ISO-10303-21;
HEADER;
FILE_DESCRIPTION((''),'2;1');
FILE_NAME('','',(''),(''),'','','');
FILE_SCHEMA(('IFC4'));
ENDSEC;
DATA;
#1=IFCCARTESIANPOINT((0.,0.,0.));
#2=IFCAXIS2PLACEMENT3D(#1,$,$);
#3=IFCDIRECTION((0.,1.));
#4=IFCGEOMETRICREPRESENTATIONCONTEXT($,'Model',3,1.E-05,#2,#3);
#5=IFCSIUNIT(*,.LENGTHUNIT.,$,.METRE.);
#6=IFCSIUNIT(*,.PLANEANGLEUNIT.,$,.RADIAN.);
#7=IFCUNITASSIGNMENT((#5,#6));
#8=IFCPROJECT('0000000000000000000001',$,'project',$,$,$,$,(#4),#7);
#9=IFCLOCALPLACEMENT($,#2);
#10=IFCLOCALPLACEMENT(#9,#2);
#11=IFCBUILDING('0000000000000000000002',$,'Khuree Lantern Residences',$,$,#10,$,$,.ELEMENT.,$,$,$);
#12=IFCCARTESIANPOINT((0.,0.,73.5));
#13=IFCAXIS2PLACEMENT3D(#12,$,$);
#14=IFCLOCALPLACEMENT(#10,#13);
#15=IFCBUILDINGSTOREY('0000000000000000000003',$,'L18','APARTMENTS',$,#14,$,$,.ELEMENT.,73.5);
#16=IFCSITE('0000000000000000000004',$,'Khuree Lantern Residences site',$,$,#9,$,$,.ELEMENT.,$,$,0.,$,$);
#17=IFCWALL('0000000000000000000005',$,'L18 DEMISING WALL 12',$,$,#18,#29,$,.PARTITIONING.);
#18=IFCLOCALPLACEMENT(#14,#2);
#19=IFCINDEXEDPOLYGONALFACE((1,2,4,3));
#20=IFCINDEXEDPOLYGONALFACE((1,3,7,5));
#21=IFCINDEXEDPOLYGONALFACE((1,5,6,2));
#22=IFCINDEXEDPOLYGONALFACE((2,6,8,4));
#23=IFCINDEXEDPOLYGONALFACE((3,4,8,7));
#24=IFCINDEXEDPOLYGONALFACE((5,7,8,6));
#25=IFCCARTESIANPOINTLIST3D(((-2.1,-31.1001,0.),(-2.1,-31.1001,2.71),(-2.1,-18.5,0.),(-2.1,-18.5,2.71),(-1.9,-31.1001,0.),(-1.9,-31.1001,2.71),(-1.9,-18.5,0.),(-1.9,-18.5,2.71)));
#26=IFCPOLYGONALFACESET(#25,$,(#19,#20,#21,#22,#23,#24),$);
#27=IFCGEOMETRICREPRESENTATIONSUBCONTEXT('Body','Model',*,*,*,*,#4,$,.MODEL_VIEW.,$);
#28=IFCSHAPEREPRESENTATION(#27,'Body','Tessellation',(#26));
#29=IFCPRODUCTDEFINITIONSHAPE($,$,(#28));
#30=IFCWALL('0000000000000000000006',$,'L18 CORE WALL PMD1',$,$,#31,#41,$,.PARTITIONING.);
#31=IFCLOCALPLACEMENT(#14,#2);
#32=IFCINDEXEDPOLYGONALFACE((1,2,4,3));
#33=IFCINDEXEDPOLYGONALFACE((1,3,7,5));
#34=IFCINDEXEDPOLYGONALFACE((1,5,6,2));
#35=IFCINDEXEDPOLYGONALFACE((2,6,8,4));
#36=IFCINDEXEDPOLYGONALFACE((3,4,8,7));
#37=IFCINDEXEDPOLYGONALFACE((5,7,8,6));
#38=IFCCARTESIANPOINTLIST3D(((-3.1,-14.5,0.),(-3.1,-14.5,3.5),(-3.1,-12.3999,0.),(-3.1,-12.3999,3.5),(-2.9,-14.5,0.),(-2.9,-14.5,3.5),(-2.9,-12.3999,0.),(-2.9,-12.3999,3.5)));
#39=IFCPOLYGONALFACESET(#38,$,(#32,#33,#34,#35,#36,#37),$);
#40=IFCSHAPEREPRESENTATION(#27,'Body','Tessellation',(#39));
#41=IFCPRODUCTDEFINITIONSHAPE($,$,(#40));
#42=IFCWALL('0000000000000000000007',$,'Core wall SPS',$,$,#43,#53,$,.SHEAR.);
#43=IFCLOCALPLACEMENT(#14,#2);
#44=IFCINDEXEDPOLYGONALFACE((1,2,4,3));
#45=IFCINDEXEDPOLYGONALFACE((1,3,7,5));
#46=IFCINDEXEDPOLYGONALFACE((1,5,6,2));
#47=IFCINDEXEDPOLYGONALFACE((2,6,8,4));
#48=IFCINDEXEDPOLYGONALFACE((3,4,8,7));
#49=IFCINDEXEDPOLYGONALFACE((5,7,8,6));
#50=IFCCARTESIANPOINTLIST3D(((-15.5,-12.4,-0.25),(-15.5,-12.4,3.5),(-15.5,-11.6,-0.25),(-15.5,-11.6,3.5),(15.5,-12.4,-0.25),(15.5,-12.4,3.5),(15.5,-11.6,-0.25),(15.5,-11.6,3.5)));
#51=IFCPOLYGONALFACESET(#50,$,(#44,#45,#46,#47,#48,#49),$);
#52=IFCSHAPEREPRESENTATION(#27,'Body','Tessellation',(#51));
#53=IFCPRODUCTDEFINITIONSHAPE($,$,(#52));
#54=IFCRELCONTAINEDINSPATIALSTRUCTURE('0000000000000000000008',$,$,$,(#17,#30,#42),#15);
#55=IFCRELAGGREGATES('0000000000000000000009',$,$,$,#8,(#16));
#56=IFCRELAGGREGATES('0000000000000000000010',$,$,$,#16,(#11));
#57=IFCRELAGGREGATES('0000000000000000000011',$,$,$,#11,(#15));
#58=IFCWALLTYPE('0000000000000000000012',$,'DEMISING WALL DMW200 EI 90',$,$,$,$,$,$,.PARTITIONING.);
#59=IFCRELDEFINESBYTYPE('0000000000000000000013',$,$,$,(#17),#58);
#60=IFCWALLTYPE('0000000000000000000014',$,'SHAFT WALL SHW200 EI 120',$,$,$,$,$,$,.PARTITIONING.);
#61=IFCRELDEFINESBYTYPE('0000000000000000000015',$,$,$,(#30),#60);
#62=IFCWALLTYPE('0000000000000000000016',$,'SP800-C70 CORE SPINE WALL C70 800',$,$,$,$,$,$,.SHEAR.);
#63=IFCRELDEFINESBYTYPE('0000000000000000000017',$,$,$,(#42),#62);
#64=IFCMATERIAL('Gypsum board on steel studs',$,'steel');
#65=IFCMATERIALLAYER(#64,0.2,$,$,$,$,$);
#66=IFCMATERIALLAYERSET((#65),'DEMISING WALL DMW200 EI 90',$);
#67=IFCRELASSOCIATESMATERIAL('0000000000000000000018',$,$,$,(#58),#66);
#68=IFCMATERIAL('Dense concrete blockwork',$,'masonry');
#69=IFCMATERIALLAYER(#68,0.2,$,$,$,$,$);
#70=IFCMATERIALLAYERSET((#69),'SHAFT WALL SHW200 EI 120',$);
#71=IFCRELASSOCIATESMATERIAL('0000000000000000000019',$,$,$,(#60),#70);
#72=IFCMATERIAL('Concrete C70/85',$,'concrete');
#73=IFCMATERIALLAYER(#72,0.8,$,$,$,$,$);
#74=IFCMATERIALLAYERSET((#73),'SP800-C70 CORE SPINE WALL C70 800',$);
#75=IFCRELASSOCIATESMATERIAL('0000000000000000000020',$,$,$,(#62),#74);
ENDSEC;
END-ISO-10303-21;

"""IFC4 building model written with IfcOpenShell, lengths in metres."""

from ifc_helpers import new_model, si_unit, direction, frame, frame_2d, origin, place, context, subcontext, project, spatial, rectangle, extrude, material, layer, layer_set, type_object, element, save


model = new_model("IFC4")

# Units and contexts
model_context = context("Model", 3, precision=1e-05, world=origin(), true_north=direction((0.0, 1.0)))
body_context = subcontext(model_context, "Body", "Model", "MODEL_VIEW")
ifc_project = project(units=[si_unit("LENGTHUNIT", "METRE"), si_unit("PLANEANGLEUNIT", "RADIAN")], contexts=[model_context])

# Site, building, storey
site_placement = place(None, origin())
site = spatial("IfcSite", under=ifc_project, at=site_placement, Name="Khuree Lantern Residences site", CompositionType="ELEMENT", RefElevation=0.0)
building_placement = place(site_placement, origin())
building = spatial("IfcBuilding", under=site, at=building_placement, Name="Khuree Lantern Residences", CompositionType="ELEMENT")
storey_placement = place(building_placement, frame((0.0, 0.0, 73.5)))
storey = spatial("IfcBuildingStorey", under=building, at=storey_placement, Name="L18", Description="APARTMENTS", CompositionType="ELEMENT", Elevation=73.5)

# Shared definitions
ifc_material_1 = material(Name="Concrete C70/85", Category="concrete")

# Shared definitions
ifc_material_2 = material(Name="Dense concrete blockwork", Category="masonry")

# Walls
ifc_material_3 = material(Name="Gypsum board on steel studs", Category="steel")
ifc_layer_1 = layer(ifc_material_3, 0.2)
ifc_layer_set_1 = layer_set([ifc_layer_1], Name="DEMISING WALL DMW200 EI 90")
wall_type_1 = type_object("IfcWallType", Name="DEMISING WALL DMW200 EI 90", PredefinedType="PARTITIONING", material=ifc_layer_set_1)
for number, where, z_axis, x_axis, name in (
    (1, (-2.0, -18.5, 0.0), (0.0, 0.0, 1.0), (0.0, -1.0, 0.0), "L18 DEMISING WALL 12"),
):
    element("IfcWall", number, at=place(storey_placement, frame(where, z_axis=z_axis, x_axis=x_axis)), inside=storey, type_object=wall_type_1, Name=name, PredefinedType="PARTITIONING", context=body_context, shape_type="SweptSolid", body=[
        extrude(rectangle(XDim=12.6001, YDim=0.2, at=frame_2d((6.3, 0.0))), origin(), (0.0, 0.0, 1.0), 2.71),
    ])
ifc_layer_2 = layer(ifc_material_2, 0.2)
ifc_layer_set_2 = layer_set([ifc_layer_2], Name="SHAFT WALL SHW200 EI 120")
wall_type_2 = type_object("IfcWallType", Name="SHAFT WALL SHW200 EI 120", PredefinedType="PARTITIONING", material=ifc_layer_set_2)
wall_1_placement = place(storey_placement, frame((-3.0, -14.5, 0.0), z_axis=(0.0, 0.0, 1.0), x_axis=(0.0, 1.0, 0.0)))
element("IfcWall", 2, at=wall_1_placement, inside=storey, type_object=wall_type_2, Name="L18 CORE WALL PMD1", PredefinedType="PARTITIONING", context=body_context, shape_type="SweptSolid", body=[
    extrude(rectangle(XDim=2.1001, YDim=0.2, at=frame_2d((1.05, 0.0))), origin(), (0.0, 0.0, 1.0), 3.5),
])
ifc_layer_3 = layer(ifc_material_1, 0.8)
ifc_layer_set_3 = layer_set([ifc_layer_3], Name="SP800-C70 CORE SPINE WALL C70 800")
wall_type_3 = type_object("IfcWallType", Name="SP800-C70 CORE SPINE WALL C70 800", PredefinedType="SHEAR", material=ifc_layer_set_3)
wall_2_placement = place(storey_placement, frame((-15.5, -12.0, -0.25), z_axis=(0.0, 0.0, 1.0), x_axis=(1.0, 0.0, 0.0)))
element("IfcWall", 3, at=wall_2_placement, inside=storey, type_object=wall_type_3, Name="Core wall SPS", PredefinedType="SHEAR", context=body_context, shape_type="SweptSolid", body=[
    extrude(rectangle(XDim=31.0, YDim=0.8, at=frame_2d((15.5, 0.0))), origin(), (0.0, 0.0, 1.0), 3.75),
])

save(model, "model.ifc")
